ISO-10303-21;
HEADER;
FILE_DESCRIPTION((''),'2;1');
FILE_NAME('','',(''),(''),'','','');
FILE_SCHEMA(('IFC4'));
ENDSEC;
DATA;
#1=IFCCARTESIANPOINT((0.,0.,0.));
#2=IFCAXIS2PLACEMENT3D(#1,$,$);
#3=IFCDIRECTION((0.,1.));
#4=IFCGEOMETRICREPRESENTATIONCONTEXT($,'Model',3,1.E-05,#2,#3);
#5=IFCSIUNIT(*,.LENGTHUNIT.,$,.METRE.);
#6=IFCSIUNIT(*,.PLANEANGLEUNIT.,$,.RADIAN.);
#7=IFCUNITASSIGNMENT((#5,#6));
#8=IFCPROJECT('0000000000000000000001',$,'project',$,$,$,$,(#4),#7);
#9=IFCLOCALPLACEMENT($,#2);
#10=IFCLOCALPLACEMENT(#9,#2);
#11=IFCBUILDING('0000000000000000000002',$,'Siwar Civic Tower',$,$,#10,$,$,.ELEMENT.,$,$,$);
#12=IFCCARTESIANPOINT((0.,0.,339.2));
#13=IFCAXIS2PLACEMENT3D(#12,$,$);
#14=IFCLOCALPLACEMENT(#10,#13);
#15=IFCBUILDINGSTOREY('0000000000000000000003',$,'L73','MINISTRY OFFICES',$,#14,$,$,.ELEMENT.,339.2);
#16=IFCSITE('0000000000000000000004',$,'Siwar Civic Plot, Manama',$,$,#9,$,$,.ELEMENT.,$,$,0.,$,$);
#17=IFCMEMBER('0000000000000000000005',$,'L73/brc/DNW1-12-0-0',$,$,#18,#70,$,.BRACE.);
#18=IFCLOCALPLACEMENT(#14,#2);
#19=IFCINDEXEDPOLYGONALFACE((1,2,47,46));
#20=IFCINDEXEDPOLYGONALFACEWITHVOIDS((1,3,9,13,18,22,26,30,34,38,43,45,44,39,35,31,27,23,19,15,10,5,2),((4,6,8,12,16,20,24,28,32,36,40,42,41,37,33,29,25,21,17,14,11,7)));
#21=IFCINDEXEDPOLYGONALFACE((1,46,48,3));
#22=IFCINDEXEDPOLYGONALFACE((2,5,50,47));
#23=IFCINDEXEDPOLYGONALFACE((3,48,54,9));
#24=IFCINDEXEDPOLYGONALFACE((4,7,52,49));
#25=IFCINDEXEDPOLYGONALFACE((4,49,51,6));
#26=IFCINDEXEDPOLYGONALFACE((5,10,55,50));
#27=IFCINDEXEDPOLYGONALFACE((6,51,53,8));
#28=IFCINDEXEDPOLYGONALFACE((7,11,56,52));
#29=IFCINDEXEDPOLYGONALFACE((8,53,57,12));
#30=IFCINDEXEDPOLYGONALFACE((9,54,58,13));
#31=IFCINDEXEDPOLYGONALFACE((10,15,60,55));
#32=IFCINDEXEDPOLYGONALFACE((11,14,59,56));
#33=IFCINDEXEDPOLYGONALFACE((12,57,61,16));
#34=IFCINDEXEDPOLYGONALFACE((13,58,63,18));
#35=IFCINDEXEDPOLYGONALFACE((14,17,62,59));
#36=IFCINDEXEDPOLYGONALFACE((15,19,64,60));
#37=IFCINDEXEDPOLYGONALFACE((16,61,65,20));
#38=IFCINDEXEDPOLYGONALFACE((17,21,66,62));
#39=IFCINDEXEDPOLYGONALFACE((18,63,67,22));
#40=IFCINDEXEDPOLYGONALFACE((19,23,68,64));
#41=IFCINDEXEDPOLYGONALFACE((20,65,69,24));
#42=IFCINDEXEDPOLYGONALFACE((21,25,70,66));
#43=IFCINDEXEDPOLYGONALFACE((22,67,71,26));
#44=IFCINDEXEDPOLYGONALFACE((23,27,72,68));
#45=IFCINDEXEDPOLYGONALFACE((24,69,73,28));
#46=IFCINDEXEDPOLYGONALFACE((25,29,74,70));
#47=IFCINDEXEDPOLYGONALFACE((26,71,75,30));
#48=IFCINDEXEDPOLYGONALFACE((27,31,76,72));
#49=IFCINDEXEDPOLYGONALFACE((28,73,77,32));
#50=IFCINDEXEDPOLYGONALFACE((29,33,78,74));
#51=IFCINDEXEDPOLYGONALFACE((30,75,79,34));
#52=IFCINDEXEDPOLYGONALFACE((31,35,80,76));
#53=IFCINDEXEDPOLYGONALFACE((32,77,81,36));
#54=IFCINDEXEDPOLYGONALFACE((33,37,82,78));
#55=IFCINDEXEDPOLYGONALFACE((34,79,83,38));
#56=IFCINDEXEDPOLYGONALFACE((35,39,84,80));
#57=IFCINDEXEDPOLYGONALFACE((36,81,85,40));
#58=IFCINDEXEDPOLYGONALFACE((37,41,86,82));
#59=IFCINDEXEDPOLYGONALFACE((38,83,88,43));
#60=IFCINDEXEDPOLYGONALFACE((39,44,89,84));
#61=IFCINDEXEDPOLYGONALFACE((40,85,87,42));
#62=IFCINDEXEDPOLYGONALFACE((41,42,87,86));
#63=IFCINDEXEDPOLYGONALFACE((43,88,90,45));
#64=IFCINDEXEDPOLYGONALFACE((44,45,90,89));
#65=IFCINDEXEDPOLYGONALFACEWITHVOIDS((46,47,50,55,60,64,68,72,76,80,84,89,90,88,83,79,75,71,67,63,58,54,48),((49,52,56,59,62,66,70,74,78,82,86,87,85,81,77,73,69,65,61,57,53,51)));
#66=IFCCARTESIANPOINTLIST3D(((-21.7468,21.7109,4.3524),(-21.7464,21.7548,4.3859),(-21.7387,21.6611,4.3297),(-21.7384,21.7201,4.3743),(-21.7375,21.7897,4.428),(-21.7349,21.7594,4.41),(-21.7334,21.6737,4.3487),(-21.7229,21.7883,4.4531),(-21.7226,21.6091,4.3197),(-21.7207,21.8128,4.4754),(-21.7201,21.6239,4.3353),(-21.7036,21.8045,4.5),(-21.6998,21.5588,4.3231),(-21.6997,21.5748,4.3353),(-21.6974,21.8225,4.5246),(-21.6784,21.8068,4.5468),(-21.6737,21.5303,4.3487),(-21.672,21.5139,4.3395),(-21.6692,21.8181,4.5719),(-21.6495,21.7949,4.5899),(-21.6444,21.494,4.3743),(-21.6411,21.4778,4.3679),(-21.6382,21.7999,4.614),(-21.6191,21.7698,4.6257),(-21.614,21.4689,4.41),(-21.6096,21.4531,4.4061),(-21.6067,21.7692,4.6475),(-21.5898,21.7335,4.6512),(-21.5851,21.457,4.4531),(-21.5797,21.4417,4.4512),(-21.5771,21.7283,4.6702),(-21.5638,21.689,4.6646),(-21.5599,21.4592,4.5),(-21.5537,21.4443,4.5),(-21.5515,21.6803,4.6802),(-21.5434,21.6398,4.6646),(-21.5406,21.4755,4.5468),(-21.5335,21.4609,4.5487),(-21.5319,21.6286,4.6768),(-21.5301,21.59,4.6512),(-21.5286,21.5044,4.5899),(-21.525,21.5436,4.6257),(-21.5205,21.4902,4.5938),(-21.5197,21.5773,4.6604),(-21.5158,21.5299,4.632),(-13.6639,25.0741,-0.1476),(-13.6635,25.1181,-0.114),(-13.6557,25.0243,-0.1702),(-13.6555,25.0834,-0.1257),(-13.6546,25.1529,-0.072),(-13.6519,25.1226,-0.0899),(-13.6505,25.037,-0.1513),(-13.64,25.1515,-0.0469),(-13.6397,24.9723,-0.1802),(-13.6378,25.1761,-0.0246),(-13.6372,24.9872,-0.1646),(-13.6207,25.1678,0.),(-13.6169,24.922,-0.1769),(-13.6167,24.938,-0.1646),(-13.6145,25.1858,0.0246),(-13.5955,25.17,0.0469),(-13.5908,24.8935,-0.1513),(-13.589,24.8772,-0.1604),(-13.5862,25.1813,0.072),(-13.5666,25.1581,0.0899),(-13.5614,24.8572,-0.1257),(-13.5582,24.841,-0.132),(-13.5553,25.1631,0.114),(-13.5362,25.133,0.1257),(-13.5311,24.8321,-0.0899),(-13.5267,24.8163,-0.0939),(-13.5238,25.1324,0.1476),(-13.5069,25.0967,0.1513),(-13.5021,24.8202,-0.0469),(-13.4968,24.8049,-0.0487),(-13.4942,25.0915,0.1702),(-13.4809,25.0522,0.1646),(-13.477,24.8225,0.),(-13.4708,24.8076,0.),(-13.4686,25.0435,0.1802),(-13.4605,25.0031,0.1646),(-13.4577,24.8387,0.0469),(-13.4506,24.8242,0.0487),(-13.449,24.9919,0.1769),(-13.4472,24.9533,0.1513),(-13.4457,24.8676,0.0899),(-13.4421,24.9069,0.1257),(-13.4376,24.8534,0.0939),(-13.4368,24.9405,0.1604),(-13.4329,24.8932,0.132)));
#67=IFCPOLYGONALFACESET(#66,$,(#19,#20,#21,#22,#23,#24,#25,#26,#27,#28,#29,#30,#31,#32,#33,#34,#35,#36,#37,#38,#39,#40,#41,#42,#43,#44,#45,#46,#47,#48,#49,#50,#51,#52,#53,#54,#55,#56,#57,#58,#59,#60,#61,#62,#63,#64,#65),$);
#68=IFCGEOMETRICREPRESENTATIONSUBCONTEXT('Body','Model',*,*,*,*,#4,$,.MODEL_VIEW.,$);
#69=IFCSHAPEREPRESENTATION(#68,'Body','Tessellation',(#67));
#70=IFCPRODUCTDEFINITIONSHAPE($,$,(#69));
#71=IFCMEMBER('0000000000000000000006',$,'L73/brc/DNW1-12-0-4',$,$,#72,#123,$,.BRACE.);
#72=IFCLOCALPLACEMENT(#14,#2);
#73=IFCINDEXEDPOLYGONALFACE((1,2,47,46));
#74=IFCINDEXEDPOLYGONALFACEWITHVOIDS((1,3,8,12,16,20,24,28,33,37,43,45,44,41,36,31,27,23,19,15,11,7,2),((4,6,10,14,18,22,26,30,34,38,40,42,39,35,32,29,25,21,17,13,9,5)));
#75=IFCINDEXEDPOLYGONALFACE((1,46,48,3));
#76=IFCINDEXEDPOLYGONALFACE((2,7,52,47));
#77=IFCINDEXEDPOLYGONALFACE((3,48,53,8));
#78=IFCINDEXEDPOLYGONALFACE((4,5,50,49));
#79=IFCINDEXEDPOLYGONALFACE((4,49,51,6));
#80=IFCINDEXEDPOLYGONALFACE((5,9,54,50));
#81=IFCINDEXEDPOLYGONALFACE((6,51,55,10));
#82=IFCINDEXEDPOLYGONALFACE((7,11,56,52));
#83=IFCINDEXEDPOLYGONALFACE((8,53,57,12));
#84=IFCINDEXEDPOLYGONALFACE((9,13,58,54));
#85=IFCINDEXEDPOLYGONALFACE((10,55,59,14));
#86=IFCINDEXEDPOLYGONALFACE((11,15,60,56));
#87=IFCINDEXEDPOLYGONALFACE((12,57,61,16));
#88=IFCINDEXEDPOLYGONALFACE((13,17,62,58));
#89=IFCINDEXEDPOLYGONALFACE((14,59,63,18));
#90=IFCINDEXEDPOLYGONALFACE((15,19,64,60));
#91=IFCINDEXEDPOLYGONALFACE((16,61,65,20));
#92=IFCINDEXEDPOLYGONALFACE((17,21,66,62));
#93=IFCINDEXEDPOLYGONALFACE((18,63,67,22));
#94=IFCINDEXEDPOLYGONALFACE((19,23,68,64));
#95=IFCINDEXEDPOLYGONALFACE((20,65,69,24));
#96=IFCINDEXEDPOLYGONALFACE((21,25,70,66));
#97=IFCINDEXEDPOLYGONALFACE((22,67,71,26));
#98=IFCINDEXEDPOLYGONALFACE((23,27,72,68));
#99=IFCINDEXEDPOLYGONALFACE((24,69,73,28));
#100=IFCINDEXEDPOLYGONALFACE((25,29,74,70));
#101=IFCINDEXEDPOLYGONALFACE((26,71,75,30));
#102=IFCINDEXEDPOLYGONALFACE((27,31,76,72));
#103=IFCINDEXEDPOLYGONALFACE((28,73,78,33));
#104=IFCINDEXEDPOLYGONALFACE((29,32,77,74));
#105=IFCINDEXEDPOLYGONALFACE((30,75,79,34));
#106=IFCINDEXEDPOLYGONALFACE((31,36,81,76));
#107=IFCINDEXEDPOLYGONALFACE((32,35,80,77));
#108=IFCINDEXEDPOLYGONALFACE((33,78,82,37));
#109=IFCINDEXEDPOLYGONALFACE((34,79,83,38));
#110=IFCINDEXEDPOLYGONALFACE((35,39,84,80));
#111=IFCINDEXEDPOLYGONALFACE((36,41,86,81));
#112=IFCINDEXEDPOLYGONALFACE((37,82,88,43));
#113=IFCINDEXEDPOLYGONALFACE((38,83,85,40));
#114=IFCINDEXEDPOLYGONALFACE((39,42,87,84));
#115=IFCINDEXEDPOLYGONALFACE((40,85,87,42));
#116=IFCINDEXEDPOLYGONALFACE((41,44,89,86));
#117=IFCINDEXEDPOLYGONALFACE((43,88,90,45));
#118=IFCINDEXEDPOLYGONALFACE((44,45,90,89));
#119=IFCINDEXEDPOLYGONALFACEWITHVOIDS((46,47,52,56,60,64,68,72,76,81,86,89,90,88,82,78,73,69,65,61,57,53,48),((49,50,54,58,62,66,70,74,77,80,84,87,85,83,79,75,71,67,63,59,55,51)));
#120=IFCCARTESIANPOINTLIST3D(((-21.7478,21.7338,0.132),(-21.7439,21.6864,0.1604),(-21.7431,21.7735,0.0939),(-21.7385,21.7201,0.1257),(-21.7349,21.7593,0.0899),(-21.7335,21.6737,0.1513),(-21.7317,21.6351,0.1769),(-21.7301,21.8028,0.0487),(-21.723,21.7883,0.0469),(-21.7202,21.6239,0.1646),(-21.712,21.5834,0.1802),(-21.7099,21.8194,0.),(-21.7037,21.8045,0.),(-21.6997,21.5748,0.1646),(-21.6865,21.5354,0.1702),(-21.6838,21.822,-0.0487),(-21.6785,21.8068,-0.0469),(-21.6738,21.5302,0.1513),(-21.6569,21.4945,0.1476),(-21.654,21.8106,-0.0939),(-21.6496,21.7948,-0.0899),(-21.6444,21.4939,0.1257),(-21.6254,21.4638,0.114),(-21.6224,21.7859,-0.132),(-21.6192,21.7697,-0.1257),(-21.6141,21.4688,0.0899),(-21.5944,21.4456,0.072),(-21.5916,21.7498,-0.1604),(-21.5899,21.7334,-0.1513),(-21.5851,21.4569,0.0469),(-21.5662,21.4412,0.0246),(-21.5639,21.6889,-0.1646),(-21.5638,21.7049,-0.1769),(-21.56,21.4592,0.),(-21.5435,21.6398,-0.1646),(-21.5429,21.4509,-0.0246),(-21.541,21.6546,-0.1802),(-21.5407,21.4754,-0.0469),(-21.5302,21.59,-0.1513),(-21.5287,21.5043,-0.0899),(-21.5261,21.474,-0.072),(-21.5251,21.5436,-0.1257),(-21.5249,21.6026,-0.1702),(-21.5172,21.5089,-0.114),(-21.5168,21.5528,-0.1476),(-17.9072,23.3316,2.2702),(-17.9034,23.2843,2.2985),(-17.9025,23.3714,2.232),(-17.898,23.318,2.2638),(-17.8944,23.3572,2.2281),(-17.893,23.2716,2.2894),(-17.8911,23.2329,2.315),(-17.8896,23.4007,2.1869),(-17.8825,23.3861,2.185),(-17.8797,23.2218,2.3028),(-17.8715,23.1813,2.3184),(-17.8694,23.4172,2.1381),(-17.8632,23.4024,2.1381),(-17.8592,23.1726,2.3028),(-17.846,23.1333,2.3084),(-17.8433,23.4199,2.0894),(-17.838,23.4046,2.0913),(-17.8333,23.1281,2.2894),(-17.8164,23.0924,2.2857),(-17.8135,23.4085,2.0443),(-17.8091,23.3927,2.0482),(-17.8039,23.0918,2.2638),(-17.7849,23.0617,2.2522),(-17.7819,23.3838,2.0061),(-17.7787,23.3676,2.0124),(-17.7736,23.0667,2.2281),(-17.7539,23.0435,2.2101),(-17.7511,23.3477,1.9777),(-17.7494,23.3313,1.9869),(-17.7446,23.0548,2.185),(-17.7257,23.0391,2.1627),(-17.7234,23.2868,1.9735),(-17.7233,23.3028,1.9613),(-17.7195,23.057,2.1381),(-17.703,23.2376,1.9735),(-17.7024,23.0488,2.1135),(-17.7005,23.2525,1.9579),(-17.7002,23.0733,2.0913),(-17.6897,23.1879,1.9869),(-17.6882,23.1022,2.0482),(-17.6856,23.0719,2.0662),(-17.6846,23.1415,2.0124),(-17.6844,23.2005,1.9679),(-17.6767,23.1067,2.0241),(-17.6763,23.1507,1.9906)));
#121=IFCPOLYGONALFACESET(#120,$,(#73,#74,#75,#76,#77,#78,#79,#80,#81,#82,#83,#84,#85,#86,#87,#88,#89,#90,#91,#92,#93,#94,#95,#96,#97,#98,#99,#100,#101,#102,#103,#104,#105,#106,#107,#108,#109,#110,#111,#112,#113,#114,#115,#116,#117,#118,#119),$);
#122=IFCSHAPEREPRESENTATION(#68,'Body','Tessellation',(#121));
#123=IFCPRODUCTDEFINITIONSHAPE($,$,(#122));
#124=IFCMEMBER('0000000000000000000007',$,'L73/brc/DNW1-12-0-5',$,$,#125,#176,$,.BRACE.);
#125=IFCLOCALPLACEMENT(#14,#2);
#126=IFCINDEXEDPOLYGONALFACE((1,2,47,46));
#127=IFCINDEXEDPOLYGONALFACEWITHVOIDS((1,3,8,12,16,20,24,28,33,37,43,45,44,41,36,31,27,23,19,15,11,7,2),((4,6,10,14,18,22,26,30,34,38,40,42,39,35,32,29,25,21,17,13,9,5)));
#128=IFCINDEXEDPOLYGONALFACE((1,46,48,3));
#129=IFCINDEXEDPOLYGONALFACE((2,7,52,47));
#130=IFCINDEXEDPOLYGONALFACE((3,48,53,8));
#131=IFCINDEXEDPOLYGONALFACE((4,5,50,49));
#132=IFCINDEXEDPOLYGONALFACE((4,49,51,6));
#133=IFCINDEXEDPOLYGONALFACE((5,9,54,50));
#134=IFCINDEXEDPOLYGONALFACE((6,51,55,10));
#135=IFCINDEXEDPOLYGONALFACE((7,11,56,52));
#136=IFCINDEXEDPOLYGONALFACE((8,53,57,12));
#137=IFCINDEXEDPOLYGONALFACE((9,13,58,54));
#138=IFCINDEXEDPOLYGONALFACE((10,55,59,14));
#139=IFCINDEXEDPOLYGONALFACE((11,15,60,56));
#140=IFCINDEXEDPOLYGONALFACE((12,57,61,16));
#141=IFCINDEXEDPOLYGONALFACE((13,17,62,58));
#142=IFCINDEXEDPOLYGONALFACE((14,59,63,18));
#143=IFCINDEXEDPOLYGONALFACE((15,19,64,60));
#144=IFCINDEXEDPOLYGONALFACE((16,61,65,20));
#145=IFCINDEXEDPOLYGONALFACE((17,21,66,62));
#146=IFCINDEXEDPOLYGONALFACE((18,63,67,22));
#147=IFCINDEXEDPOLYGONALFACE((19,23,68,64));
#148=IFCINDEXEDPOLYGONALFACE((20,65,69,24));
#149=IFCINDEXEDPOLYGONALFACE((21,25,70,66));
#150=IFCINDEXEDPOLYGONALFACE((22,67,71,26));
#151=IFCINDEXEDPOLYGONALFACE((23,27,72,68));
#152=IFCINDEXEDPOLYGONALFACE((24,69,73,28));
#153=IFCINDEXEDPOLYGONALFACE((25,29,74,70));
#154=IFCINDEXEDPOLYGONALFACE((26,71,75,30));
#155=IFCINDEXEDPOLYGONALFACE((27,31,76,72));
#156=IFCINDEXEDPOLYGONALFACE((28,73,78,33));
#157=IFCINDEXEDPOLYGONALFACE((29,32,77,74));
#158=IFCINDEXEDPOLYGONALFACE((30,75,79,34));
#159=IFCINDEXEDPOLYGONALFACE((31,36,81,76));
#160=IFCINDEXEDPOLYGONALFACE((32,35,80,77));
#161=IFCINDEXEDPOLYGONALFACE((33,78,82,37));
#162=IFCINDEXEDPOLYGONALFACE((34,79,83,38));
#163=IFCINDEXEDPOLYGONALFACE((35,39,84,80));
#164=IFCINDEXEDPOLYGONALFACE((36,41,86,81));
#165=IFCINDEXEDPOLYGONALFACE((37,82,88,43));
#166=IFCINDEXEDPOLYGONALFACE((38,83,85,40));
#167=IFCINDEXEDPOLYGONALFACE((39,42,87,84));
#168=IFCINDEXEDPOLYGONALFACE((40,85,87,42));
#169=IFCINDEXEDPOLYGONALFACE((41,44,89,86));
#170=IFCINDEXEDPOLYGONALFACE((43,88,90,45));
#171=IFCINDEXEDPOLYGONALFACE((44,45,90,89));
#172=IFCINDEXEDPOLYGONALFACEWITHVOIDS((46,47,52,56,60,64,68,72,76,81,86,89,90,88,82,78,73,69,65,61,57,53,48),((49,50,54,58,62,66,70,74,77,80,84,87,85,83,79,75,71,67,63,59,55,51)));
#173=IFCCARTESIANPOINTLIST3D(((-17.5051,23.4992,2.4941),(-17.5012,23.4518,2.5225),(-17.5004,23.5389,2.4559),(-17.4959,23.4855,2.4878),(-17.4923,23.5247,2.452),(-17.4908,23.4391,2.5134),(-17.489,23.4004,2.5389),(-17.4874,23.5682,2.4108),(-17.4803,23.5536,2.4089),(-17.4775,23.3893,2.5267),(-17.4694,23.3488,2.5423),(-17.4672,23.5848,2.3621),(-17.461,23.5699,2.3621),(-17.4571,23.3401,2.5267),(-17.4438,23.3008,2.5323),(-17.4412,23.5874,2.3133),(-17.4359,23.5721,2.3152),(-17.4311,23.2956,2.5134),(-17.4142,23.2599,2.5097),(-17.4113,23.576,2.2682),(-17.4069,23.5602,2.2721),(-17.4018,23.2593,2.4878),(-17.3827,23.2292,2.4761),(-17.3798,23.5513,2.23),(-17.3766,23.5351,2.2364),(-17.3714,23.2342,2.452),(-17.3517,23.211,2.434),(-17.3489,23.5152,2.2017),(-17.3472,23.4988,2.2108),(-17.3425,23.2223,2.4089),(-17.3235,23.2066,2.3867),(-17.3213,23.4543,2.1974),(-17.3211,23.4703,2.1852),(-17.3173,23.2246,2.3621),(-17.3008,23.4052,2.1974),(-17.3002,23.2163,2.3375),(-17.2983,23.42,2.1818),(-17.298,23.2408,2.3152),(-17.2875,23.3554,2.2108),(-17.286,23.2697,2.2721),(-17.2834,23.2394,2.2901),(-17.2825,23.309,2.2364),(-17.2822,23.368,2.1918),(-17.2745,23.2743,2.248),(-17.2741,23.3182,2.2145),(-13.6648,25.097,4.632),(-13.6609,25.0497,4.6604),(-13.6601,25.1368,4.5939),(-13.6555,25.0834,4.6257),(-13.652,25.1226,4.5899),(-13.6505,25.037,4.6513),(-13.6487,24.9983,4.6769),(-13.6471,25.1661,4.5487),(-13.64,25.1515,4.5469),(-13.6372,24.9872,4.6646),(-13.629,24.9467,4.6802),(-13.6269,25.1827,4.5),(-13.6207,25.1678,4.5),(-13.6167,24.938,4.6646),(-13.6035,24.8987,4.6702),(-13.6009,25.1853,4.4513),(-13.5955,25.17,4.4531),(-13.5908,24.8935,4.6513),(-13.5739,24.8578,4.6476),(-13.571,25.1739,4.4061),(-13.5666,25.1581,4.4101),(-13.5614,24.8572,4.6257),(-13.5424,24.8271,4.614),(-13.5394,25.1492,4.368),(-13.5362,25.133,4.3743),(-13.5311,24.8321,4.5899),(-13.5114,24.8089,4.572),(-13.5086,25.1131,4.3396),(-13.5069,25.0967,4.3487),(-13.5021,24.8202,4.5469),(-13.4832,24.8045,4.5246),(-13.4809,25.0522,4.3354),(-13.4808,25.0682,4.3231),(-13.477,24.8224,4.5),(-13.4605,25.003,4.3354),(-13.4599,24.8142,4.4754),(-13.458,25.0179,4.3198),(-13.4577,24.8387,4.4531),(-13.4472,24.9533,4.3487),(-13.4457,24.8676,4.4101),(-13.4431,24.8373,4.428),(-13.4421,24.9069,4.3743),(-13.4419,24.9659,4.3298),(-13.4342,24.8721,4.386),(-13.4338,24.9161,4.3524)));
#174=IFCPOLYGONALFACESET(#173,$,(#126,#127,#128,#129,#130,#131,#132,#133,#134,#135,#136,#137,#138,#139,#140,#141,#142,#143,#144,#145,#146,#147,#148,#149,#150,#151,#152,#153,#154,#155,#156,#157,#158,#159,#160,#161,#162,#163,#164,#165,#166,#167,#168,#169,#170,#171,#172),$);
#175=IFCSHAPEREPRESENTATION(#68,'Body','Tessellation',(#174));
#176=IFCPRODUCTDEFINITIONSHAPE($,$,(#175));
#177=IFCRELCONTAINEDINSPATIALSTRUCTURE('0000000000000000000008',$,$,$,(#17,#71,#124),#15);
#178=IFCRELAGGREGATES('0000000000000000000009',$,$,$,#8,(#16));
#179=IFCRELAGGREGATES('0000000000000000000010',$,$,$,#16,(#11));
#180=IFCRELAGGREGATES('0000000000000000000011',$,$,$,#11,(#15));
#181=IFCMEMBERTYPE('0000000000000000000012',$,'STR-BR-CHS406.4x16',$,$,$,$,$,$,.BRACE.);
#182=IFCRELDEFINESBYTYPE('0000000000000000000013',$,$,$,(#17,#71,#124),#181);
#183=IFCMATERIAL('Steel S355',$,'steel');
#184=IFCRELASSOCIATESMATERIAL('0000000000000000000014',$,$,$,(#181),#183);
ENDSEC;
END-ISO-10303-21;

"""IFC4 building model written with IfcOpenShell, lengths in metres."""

from ifc_helpers import new_model, si_unit, direction, frame, origin, origin_2d, place, context, subcontext, project, spatial, hollow_circle, extrude, material, material_profile, profile_set, type_object, element, save


model = new_model("IFC4")

# Units and contexts
model_context = context("Model", 3, precision=1e-05, world=origin(), true_north=direction((0.0, 1.0)))
body_context = subcontext(model_context, "Body", "Model", "MODEL_VIEW")
ifc_project = project(units=[si_unit("LENGTHUNIT", "METRE"), si_unit("PLANEANGLEUNIT", "RADIAN")], contexts=[model_context])

# Site, building, storey
site_placement = place(None, origin())
site = spatial("IfcSite", under=ifc_project, at=site_placement, Name="Siwar Civic Plot, Manama", CompositionType="ELEMENT", RefElevation=0.0)
building_placement = place(site_placement, origin())
building = spatial("IfcBuilding", under=site, at=building_placement, Name="Siwar Civic Tower", CompositionType="ELEMENT")
storey_placement = place(building_placement, frame((0.0, 0.0, 339.2)))
storey = spatial("IfcBuildingStorey", under=building, at=storey_placement, Name="L73", Description="MINISTRY OFFICES", CompositionType="ELEMENT", Elevation=339.2)

# Members
ifc_material_1 = material(Name="Steel S355", Category="steel")
ifc_material_profile_1 = material_profile(ifc_material_1, hollow_circle(Radius=0.2031, WallThickness=0.0161, at=origin_2d()), Name="CHS406.4x16")
ifc_profile_set_1 = profile_set([ifc_material_profile_1], Name="Steel S355")
member_type_1 = type_object("IfcMemberType", Name="STR-BR-CHS406.4x16", PredefinedType="BRACE", material=ifc_profile_set_1)
member_1_placement = place(storey_placement, frame((-13.5488, 24.9951, 0.0), z_axis=(-0.821143, -0.341671, 0.457149), x_axis=(0.384164, -0.923265, 0.0)))
element("IfcMember", 1, at=member_1_placement, inside=storey, type_object=member_type_1, Name="L73/brc/DNW1-12-0-0", PredefinedType="BRACE", context=body_context, shape_type="SweptSolid", body=[
    extrude(hollow_circle(Radius=0.2031, WallThickness=0.0161, at=origin_2d()), origin(), (0.0, 0.0, 1.0), 9.8435),
])
member_2_placement = place(storey_placement, frame((-21.6318, 21.6318, 0.0), z_axis=(0.821147, 0.341644, 0.457161), x_axis=(-0.384136, 0.923276, 0.0)))
element("IfcMember", 2, at=member_2_placement, inside=storey, type_object=member_type_1, Name="L73/brc/DNW1-12-0-4", PredefinedType="BRACE", context=body_context, shape_type="SweptSolid", body=[
    extrude(hollow_circle(Radius=0.2031, WallThickness=0.0161, at=origin_2d()), origin(), (0.0, 0.0, 1.0), 4.677),
])
member_3_placement = place(storey_placement, frame((-17.3892, 23.3972, 2.3621), z_axis=(0.82115, 0.341667, 0.45714), x_axis=(-0.384157, 0.923268, 0.0)))
element("IfcMember", 3, at=member_3_placement, inside=storey, type_object=member_type_1, Name="L73/brc/DNW1-12-0-5", PredefinedType="BRACE", context=body_context, shape_type="SweptSolid", body=[
    extrude(hollow_circle(Radius=0.2031, WallThickness=0.0161, at=origin_2d()), origin(), (0.0, 0.0, 1.0), 4.6768),
])

save(model, "model.ifc")
